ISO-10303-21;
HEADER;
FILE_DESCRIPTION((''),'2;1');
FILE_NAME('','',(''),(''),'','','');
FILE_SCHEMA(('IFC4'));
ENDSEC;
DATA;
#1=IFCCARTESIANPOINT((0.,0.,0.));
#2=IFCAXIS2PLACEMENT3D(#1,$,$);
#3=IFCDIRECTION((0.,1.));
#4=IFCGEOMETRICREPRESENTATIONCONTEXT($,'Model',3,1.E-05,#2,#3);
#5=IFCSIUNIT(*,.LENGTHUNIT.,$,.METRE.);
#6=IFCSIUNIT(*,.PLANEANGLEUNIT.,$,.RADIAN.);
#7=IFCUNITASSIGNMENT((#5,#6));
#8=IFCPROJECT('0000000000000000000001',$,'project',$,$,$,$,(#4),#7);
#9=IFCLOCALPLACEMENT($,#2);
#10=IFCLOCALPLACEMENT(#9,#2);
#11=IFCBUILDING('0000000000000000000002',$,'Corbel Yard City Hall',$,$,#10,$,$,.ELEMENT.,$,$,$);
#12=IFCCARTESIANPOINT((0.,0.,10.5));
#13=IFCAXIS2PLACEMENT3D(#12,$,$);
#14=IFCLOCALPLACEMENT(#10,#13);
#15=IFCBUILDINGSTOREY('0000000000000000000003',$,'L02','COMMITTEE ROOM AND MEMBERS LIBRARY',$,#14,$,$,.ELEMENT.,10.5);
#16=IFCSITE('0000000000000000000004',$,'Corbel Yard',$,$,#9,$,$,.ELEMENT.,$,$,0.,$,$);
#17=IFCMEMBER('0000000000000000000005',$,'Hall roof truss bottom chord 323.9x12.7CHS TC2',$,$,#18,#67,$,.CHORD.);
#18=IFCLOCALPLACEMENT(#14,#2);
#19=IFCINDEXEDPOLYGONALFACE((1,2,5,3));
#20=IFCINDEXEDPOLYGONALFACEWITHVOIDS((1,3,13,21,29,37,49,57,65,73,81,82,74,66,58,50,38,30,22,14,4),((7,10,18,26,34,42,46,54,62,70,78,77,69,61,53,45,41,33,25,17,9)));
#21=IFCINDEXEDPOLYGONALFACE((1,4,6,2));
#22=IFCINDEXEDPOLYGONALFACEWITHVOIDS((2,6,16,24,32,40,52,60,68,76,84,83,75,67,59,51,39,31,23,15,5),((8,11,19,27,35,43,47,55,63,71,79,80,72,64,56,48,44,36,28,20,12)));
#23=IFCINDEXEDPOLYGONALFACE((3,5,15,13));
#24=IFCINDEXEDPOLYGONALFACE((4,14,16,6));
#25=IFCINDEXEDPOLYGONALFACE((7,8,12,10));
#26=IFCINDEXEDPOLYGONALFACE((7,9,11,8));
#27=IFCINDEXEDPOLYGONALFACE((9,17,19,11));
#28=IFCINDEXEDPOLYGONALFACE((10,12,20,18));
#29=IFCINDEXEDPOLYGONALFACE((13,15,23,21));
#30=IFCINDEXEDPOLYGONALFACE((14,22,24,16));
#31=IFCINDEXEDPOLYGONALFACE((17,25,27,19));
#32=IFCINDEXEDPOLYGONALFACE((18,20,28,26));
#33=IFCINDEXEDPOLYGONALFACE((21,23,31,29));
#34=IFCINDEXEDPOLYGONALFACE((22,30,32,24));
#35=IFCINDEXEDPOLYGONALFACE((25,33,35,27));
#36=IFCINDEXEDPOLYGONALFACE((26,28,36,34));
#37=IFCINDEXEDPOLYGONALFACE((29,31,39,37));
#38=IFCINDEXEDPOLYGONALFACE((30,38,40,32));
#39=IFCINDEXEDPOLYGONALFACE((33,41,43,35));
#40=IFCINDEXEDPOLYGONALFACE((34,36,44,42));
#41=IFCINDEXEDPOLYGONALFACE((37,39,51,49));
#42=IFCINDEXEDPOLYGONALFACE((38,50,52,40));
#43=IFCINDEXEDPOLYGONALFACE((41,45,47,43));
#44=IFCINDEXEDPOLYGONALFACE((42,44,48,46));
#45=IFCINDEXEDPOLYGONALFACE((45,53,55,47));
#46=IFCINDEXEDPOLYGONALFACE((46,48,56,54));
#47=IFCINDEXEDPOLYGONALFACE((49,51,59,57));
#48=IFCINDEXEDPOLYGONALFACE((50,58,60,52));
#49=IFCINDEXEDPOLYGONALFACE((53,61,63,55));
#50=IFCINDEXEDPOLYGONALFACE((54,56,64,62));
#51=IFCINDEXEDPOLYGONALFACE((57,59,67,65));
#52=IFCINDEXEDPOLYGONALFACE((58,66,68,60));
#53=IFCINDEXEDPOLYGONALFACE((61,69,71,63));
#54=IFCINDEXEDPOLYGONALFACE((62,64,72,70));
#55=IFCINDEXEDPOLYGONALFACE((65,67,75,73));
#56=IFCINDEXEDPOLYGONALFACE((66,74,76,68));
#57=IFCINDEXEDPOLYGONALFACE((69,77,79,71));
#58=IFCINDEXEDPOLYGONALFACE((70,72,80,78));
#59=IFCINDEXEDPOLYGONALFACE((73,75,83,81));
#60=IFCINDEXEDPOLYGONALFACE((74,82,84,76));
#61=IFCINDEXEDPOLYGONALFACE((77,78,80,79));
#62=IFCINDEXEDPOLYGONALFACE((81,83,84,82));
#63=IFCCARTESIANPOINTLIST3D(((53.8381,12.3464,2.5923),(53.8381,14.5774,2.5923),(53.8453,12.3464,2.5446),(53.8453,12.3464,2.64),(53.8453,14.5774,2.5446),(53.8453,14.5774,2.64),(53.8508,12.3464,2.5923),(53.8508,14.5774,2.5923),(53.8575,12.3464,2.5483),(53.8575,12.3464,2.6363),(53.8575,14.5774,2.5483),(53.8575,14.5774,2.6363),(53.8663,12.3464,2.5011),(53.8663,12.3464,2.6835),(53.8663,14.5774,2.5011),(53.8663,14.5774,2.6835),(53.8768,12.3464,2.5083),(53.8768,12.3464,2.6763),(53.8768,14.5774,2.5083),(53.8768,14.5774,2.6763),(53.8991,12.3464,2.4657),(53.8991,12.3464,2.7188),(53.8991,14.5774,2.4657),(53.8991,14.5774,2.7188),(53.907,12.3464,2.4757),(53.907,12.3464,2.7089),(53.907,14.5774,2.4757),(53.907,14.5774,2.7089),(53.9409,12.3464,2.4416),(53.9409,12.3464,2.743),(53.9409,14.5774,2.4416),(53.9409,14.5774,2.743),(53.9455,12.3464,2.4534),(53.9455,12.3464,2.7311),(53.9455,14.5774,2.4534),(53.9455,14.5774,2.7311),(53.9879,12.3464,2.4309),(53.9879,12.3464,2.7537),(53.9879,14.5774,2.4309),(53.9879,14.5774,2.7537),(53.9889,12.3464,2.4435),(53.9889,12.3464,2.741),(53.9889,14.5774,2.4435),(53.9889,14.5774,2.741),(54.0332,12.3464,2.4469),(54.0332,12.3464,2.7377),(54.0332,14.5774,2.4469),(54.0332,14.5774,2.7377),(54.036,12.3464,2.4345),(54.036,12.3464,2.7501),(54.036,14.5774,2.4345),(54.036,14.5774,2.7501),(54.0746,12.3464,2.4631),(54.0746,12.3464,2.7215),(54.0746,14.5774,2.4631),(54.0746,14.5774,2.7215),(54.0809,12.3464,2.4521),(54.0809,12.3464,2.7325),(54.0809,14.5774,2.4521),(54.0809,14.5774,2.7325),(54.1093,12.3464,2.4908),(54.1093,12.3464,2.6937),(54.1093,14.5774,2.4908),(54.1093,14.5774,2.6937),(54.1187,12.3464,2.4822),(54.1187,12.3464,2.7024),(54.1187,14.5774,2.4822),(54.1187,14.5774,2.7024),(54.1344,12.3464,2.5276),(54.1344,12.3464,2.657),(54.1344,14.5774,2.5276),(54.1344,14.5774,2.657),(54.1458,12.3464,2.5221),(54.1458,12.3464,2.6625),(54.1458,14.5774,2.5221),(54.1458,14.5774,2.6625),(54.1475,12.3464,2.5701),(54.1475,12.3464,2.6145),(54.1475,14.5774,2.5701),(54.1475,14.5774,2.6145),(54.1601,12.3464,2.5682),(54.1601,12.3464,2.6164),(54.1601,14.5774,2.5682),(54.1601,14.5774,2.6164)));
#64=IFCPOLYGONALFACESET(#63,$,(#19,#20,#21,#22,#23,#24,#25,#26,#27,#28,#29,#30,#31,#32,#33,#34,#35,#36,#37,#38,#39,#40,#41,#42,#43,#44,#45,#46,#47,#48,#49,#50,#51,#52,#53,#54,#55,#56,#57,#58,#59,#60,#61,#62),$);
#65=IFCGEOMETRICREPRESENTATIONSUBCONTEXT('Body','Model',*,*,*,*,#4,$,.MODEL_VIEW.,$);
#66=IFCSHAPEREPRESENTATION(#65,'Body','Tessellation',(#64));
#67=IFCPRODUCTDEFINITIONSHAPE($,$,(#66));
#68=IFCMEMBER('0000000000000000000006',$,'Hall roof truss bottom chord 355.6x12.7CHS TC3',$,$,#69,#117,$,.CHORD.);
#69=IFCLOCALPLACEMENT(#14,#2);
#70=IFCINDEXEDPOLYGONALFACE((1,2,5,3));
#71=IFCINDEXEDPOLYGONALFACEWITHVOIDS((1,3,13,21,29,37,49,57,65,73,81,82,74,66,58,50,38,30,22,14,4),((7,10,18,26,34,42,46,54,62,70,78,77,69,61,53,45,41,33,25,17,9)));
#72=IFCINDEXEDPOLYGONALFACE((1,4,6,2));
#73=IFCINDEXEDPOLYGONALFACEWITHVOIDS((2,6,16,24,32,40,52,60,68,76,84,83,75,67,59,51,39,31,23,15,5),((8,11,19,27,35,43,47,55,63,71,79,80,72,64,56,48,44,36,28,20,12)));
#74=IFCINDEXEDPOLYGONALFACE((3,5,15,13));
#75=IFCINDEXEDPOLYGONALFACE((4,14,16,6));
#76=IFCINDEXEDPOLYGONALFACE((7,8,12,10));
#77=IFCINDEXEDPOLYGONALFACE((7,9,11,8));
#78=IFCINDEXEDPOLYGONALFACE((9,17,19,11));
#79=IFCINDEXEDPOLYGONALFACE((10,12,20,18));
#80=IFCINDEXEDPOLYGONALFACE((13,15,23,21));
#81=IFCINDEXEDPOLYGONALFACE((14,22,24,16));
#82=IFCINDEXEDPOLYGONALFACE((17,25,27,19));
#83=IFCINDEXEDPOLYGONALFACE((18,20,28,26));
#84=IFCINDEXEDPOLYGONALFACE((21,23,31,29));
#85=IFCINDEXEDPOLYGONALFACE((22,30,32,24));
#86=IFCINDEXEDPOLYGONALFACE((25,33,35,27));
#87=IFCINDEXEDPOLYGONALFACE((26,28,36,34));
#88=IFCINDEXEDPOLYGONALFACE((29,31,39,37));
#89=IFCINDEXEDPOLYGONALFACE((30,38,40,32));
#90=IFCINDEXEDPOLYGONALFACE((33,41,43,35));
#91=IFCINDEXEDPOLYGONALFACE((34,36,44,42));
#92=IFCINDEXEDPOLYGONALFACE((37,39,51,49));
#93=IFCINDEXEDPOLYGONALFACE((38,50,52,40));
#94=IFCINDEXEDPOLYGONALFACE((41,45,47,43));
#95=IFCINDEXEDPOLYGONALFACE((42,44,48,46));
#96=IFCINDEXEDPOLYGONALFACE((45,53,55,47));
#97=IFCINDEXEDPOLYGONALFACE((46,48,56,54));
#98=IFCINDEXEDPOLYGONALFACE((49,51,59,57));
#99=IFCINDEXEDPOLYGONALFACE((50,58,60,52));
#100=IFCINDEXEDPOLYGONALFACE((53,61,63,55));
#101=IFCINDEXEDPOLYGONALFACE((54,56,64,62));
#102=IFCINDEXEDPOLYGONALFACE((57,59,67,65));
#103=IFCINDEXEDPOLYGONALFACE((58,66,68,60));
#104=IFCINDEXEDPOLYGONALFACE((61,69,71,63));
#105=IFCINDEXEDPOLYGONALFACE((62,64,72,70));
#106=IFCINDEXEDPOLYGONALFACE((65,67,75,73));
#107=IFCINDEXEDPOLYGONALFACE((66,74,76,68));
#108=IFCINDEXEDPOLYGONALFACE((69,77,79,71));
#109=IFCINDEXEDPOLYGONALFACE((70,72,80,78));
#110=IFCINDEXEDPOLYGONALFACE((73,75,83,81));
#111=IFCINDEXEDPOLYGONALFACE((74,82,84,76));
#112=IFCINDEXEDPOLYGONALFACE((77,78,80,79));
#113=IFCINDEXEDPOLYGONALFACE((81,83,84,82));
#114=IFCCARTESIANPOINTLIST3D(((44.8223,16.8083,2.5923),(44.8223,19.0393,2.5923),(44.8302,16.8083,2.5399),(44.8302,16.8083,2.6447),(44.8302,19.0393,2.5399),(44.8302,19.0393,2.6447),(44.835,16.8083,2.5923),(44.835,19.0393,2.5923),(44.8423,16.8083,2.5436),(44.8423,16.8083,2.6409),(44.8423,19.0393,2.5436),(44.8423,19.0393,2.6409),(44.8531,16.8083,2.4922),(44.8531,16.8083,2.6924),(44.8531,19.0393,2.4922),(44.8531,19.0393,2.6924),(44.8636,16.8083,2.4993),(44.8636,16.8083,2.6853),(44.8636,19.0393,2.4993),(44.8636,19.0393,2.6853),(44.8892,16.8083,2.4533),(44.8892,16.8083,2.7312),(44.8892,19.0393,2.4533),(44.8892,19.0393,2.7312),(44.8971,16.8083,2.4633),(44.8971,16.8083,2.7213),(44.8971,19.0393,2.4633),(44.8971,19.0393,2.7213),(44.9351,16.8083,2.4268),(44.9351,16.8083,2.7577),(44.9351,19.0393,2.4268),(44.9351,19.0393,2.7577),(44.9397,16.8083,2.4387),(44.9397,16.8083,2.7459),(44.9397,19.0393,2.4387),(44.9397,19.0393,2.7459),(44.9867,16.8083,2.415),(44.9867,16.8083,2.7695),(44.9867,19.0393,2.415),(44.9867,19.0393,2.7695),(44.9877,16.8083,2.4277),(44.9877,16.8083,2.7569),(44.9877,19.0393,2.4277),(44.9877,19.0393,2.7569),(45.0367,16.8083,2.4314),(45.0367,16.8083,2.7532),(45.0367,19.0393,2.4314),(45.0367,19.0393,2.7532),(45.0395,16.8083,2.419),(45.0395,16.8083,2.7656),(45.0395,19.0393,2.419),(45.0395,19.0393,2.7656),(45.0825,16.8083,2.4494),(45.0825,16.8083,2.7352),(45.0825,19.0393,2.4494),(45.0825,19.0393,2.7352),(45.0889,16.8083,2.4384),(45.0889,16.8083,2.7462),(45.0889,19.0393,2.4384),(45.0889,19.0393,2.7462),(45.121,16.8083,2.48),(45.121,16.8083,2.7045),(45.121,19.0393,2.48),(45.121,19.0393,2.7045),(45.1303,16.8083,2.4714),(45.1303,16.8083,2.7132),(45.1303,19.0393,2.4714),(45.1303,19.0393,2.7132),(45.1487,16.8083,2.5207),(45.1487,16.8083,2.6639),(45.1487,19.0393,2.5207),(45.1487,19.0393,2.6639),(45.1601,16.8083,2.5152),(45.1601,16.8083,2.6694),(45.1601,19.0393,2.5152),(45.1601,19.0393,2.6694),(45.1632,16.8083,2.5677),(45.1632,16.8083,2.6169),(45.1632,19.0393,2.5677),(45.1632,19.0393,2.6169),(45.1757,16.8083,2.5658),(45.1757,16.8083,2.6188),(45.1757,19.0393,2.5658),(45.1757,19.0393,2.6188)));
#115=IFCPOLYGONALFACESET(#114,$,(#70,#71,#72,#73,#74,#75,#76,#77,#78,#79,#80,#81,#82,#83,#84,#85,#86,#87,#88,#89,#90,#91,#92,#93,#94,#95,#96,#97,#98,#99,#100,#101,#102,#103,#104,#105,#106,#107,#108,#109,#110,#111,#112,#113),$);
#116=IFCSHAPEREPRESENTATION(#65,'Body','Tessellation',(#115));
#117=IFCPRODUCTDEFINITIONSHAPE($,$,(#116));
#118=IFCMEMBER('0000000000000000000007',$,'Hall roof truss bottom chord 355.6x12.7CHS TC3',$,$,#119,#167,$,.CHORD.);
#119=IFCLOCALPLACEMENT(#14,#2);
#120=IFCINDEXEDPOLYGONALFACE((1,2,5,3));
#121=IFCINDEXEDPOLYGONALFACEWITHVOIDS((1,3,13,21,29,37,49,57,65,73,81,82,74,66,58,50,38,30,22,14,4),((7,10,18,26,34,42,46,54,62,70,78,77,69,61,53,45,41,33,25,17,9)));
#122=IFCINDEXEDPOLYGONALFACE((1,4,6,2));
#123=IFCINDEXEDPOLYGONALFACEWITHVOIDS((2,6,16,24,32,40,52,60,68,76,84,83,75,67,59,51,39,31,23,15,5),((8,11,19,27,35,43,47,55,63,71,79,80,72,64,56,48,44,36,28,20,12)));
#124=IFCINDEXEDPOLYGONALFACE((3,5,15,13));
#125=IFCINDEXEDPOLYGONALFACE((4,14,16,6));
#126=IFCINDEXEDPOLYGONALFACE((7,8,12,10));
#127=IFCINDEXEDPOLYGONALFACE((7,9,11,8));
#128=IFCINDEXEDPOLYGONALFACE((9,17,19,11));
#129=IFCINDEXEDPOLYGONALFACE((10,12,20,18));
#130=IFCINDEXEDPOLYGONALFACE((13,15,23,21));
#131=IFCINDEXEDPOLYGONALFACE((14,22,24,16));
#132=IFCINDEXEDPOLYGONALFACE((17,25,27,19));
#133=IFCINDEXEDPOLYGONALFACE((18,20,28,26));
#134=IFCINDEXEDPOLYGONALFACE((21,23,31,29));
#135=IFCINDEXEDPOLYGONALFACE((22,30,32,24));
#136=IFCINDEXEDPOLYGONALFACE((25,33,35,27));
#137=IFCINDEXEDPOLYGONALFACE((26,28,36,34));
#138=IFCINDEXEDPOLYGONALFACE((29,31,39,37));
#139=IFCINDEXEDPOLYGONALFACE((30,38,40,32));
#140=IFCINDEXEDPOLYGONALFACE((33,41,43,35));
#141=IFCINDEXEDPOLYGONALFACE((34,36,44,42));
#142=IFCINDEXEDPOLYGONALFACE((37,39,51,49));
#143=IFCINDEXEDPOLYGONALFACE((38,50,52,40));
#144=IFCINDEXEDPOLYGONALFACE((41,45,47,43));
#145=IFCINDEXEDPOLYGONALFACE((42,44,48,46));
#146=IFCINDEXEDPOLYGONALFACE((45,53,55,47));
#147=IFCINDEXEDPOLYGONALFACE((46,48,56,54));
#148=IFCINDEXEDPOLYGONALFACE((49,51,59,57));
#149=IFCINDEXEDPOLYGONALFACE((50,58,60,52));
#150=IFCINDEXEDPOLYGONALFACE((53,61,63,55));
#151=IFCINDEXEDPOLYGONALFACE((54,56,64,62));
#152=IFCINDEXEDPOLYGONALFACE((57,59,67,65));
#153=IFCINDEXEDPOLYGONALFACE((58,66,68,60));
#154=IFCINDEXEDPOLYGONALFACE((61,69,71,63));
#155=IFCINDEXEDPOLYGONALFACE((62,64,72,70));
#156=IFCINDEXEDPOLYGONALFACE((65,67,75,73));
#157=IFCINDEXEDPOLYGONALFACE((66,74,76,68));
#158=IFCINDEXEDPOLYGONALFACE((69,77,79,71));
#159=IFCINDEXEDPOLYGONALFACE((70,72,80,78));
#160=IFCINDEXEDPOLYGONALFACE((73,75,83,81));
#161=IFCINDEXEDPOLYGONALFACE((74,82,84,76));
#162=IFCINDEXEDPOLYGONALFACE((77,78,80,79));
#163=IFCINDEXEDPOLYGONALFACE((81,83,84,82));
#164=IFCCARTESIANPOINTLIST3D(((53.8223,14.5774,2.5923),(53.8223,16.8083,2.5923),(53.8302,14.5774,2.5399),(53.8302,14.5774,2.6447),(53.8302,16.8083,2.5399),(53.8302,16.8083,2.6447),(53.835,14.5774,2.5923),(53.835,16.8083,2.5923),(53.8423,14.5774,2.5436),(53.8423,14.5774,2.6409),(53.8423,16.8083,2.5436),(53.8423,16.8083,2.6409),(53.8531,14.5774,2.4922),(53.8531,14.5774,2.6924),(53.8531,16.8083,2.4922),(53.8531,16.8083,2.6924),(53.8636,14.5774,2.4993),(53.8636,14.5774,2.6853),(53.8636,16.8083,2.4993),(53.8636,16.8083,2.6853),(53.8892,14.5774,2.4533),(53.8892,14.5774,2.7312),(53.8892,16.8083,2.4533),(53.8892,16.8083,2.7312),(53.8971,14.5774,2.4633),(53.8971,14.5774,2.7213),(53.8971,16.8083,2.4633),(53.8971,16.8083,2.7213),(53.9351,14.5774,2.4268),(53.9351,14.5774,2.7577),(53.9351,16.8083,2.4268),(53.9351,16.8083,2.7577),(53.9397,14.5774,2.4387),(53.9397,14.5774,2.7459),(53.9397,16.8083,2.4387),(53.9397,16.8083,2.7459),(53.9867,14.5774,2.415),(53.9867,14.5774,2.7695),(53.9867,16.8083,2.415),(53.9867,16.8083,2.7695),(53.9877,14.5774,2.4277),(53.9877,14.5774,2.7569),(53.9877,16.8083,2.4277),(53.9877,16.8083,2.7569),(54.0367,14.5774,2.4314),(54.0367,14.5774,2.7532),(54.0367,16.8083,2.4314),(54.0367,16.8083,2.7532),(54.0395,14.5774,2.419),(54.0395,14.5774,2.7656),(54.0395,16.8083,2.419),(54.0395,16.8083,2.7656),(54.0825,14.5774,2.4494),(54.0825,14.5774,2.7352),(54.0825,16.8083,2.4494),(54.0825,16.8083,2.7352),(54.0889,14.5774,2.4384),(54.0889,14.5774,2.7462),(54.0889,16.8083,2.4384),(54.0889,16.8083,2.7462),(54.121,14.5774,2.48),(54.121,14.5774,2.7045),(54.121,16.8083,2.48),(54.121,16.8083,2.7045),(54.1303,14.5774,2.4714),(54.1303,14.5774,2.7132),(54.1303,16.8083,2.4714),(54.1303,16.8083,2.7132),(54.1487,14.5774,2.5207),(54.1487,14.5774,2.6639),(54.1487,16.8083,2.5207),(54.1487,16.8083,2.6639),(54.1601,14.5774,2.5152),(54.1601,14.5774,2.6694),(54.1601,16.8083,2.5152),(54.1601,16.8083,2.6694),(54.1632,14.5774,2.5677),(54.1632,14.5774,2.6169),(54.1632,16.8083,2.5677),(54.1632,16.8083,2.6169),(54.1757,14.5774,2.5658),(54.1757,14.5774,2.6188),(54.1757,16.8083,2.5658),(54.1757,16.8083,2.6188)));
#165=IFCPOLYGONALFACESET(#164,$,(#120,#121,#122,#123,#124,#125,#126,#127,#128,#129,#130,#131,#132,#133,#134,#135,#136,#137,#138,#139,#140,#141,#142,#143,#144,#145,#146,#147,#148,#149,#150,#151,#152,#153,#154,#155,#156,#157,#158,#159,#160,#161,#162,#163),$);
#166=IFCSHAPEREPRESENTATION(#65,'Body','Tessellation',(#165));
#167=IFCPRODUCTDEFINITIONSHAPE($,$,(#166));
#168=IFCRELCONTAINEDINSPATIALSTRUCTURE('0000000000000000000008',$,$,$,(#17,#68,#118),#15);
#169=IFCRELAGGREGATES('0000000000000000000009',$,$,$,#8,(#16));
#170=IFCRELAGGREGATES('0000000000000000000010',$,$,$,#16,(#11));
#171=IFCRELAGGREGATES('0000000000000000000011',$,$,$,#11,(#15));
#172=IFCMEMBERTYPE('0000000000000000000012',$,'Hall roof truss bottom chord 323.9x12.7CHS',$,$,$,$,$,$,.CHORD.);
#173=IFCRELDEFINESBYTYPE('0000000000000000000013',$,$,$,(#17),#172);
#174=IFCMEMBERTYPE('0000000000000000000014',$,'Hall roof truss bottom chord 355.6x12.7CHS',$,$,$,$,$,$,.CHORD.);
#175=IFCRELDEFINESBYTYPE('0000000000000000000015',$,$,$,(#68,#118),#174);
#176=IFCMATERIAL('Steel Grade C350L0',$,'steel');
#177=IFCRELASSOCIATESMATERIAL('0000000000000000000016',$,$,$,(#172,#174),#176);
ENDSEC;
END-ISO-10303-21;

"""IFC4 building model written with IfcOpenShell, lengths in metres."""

from ifc_helpers import new_model, si_unit, direction, frame, origin, origin_2d, place, context, subcontext, project, spatial, hollow_circle, extrude, material, material_profile, profile_set, type_object, element, save


model = new_model("IFC4")

# Units and contexts
model_context = context("Model", 3, precision=1e-05, world=origin(), true_north=direction((0.0, 1.0)))
body_context = subcontext(model_context, "Body", "Model", "MODEL_VIEW")
ifc_project = project(units=[si_unit("LENGTHUNIT", "METRE"), si_unit("PLANEANGLEUNIT", "RADIAN")], contexts=[model_context])

# Site, building, storey
site_placement = place(None, origin())
site = spatial("IfcSite", under=ifc_project, at=site_placement, Name="Corbel Yard", CompositionType="ELEMENT", RefElevation=0.0)
building_placement = place(site_placement, origin())
building = spatial("IfcBuilding", under=site, at=building_placement, Name="Corbel Yard City Hall", CompositionType="ELEMENT")
storey_placement = place(building_placement, frame((0.0, 0.0, 10.5)))
storey = spatial("IfcBuildingStorey", under=building, at=storey_placement, Name="L02", Description="COMMITTEE ROOM AND MEMBERS LIBRARY", CompositionType="ELEMENT", Elevation=10.5)

# Members
ifc_material_1 = material(Name="Steel Grade C350L0", Category="steel")
ifc_material_profile_1 = material_profile(ifc_material_1, hollow_circle(Radius=0.1619, WallThickness=0.0127, at=origin_2d()), Name="323.9x12.7CHS")
ifc_profile_set_1 = profile_set([ifc_material_profile_1], Name="Steel Grade C350L0")
member_type_1 = type_object("IfcMemberType", Name="Hall roof truss bottom chord 323.9x12.7CHS", PredefinedType="CHORD", material=ifc_profile_set_1)
member_1_placement = place(storey_placement, frame((54.0, 12.3464, 2.5923), z_axis=(0.0, 1.0, 0.0), x_axis=(-1.0, 0.0, 0.0)))
element("IfcMember", 1, at=member_1_placement, inside=storey, type_object=member_type_1, Name="Hall roof truss bottom chord 323.9x12.7CHS TC2", PredefinedType="CHORD", context=body_context, shape_type="SweptSolid", body=[
    extrude(hollow_circle(Radius=0.1619, WallThickness=0.0127, at=origin_2d()), origin(), (0.0, 0.0, 1.0), 2.231),
])
ifc_material_profile_2 = material_profile(ifc_material_1, hollow_circle(Radius=0.1777, WallThickness=0.0127, at=origin_2d()), Name="355.6x12.7CHS")
ifc_profile_set_2 = profile_set([ifc_material_profile_2], Name="Steel Grade C350L0")
member_type_2 = type_object("IfcMemberType", Name="Hall roof truss bottom chord 355.6x12.7CHS", PredefinedType="CHORD", material=ifc_profile_set_2)
for number, where, z_axis, x_axis, name in (
    (2, (45.0, 16.8083, 2.5923), (0.0, 1.0, 0.0), (-1.0, 0.0, 0.0), "Hall roof truss bottom chord 355.6x12.7CHS TC3"),
    (3, (54.0, 14.5774, 2.5923), (0.0, 1.0, 0.0), (-1.0, 0.0, 0.0), "Hall roof truss bottom chord 355.6x12.7CHS TC3"),
):
    element("IfcMember", number, at=place(storey_placement, frame(where, z_axis=z_axis, x_axis=x_axis)), inside=storey, type_object=member_type_2, Name=name, PredefinedType="CHORD", context=body_context, shape_type="SweptSolid", body=[
        extrude(hollow_circle(Radius=0.1777, WallThickness=0.0127, at=origin_2d()), origin(), (0.0, 0.0, 1.0), 2.231),
    ])

save(model, "model.ifc")
